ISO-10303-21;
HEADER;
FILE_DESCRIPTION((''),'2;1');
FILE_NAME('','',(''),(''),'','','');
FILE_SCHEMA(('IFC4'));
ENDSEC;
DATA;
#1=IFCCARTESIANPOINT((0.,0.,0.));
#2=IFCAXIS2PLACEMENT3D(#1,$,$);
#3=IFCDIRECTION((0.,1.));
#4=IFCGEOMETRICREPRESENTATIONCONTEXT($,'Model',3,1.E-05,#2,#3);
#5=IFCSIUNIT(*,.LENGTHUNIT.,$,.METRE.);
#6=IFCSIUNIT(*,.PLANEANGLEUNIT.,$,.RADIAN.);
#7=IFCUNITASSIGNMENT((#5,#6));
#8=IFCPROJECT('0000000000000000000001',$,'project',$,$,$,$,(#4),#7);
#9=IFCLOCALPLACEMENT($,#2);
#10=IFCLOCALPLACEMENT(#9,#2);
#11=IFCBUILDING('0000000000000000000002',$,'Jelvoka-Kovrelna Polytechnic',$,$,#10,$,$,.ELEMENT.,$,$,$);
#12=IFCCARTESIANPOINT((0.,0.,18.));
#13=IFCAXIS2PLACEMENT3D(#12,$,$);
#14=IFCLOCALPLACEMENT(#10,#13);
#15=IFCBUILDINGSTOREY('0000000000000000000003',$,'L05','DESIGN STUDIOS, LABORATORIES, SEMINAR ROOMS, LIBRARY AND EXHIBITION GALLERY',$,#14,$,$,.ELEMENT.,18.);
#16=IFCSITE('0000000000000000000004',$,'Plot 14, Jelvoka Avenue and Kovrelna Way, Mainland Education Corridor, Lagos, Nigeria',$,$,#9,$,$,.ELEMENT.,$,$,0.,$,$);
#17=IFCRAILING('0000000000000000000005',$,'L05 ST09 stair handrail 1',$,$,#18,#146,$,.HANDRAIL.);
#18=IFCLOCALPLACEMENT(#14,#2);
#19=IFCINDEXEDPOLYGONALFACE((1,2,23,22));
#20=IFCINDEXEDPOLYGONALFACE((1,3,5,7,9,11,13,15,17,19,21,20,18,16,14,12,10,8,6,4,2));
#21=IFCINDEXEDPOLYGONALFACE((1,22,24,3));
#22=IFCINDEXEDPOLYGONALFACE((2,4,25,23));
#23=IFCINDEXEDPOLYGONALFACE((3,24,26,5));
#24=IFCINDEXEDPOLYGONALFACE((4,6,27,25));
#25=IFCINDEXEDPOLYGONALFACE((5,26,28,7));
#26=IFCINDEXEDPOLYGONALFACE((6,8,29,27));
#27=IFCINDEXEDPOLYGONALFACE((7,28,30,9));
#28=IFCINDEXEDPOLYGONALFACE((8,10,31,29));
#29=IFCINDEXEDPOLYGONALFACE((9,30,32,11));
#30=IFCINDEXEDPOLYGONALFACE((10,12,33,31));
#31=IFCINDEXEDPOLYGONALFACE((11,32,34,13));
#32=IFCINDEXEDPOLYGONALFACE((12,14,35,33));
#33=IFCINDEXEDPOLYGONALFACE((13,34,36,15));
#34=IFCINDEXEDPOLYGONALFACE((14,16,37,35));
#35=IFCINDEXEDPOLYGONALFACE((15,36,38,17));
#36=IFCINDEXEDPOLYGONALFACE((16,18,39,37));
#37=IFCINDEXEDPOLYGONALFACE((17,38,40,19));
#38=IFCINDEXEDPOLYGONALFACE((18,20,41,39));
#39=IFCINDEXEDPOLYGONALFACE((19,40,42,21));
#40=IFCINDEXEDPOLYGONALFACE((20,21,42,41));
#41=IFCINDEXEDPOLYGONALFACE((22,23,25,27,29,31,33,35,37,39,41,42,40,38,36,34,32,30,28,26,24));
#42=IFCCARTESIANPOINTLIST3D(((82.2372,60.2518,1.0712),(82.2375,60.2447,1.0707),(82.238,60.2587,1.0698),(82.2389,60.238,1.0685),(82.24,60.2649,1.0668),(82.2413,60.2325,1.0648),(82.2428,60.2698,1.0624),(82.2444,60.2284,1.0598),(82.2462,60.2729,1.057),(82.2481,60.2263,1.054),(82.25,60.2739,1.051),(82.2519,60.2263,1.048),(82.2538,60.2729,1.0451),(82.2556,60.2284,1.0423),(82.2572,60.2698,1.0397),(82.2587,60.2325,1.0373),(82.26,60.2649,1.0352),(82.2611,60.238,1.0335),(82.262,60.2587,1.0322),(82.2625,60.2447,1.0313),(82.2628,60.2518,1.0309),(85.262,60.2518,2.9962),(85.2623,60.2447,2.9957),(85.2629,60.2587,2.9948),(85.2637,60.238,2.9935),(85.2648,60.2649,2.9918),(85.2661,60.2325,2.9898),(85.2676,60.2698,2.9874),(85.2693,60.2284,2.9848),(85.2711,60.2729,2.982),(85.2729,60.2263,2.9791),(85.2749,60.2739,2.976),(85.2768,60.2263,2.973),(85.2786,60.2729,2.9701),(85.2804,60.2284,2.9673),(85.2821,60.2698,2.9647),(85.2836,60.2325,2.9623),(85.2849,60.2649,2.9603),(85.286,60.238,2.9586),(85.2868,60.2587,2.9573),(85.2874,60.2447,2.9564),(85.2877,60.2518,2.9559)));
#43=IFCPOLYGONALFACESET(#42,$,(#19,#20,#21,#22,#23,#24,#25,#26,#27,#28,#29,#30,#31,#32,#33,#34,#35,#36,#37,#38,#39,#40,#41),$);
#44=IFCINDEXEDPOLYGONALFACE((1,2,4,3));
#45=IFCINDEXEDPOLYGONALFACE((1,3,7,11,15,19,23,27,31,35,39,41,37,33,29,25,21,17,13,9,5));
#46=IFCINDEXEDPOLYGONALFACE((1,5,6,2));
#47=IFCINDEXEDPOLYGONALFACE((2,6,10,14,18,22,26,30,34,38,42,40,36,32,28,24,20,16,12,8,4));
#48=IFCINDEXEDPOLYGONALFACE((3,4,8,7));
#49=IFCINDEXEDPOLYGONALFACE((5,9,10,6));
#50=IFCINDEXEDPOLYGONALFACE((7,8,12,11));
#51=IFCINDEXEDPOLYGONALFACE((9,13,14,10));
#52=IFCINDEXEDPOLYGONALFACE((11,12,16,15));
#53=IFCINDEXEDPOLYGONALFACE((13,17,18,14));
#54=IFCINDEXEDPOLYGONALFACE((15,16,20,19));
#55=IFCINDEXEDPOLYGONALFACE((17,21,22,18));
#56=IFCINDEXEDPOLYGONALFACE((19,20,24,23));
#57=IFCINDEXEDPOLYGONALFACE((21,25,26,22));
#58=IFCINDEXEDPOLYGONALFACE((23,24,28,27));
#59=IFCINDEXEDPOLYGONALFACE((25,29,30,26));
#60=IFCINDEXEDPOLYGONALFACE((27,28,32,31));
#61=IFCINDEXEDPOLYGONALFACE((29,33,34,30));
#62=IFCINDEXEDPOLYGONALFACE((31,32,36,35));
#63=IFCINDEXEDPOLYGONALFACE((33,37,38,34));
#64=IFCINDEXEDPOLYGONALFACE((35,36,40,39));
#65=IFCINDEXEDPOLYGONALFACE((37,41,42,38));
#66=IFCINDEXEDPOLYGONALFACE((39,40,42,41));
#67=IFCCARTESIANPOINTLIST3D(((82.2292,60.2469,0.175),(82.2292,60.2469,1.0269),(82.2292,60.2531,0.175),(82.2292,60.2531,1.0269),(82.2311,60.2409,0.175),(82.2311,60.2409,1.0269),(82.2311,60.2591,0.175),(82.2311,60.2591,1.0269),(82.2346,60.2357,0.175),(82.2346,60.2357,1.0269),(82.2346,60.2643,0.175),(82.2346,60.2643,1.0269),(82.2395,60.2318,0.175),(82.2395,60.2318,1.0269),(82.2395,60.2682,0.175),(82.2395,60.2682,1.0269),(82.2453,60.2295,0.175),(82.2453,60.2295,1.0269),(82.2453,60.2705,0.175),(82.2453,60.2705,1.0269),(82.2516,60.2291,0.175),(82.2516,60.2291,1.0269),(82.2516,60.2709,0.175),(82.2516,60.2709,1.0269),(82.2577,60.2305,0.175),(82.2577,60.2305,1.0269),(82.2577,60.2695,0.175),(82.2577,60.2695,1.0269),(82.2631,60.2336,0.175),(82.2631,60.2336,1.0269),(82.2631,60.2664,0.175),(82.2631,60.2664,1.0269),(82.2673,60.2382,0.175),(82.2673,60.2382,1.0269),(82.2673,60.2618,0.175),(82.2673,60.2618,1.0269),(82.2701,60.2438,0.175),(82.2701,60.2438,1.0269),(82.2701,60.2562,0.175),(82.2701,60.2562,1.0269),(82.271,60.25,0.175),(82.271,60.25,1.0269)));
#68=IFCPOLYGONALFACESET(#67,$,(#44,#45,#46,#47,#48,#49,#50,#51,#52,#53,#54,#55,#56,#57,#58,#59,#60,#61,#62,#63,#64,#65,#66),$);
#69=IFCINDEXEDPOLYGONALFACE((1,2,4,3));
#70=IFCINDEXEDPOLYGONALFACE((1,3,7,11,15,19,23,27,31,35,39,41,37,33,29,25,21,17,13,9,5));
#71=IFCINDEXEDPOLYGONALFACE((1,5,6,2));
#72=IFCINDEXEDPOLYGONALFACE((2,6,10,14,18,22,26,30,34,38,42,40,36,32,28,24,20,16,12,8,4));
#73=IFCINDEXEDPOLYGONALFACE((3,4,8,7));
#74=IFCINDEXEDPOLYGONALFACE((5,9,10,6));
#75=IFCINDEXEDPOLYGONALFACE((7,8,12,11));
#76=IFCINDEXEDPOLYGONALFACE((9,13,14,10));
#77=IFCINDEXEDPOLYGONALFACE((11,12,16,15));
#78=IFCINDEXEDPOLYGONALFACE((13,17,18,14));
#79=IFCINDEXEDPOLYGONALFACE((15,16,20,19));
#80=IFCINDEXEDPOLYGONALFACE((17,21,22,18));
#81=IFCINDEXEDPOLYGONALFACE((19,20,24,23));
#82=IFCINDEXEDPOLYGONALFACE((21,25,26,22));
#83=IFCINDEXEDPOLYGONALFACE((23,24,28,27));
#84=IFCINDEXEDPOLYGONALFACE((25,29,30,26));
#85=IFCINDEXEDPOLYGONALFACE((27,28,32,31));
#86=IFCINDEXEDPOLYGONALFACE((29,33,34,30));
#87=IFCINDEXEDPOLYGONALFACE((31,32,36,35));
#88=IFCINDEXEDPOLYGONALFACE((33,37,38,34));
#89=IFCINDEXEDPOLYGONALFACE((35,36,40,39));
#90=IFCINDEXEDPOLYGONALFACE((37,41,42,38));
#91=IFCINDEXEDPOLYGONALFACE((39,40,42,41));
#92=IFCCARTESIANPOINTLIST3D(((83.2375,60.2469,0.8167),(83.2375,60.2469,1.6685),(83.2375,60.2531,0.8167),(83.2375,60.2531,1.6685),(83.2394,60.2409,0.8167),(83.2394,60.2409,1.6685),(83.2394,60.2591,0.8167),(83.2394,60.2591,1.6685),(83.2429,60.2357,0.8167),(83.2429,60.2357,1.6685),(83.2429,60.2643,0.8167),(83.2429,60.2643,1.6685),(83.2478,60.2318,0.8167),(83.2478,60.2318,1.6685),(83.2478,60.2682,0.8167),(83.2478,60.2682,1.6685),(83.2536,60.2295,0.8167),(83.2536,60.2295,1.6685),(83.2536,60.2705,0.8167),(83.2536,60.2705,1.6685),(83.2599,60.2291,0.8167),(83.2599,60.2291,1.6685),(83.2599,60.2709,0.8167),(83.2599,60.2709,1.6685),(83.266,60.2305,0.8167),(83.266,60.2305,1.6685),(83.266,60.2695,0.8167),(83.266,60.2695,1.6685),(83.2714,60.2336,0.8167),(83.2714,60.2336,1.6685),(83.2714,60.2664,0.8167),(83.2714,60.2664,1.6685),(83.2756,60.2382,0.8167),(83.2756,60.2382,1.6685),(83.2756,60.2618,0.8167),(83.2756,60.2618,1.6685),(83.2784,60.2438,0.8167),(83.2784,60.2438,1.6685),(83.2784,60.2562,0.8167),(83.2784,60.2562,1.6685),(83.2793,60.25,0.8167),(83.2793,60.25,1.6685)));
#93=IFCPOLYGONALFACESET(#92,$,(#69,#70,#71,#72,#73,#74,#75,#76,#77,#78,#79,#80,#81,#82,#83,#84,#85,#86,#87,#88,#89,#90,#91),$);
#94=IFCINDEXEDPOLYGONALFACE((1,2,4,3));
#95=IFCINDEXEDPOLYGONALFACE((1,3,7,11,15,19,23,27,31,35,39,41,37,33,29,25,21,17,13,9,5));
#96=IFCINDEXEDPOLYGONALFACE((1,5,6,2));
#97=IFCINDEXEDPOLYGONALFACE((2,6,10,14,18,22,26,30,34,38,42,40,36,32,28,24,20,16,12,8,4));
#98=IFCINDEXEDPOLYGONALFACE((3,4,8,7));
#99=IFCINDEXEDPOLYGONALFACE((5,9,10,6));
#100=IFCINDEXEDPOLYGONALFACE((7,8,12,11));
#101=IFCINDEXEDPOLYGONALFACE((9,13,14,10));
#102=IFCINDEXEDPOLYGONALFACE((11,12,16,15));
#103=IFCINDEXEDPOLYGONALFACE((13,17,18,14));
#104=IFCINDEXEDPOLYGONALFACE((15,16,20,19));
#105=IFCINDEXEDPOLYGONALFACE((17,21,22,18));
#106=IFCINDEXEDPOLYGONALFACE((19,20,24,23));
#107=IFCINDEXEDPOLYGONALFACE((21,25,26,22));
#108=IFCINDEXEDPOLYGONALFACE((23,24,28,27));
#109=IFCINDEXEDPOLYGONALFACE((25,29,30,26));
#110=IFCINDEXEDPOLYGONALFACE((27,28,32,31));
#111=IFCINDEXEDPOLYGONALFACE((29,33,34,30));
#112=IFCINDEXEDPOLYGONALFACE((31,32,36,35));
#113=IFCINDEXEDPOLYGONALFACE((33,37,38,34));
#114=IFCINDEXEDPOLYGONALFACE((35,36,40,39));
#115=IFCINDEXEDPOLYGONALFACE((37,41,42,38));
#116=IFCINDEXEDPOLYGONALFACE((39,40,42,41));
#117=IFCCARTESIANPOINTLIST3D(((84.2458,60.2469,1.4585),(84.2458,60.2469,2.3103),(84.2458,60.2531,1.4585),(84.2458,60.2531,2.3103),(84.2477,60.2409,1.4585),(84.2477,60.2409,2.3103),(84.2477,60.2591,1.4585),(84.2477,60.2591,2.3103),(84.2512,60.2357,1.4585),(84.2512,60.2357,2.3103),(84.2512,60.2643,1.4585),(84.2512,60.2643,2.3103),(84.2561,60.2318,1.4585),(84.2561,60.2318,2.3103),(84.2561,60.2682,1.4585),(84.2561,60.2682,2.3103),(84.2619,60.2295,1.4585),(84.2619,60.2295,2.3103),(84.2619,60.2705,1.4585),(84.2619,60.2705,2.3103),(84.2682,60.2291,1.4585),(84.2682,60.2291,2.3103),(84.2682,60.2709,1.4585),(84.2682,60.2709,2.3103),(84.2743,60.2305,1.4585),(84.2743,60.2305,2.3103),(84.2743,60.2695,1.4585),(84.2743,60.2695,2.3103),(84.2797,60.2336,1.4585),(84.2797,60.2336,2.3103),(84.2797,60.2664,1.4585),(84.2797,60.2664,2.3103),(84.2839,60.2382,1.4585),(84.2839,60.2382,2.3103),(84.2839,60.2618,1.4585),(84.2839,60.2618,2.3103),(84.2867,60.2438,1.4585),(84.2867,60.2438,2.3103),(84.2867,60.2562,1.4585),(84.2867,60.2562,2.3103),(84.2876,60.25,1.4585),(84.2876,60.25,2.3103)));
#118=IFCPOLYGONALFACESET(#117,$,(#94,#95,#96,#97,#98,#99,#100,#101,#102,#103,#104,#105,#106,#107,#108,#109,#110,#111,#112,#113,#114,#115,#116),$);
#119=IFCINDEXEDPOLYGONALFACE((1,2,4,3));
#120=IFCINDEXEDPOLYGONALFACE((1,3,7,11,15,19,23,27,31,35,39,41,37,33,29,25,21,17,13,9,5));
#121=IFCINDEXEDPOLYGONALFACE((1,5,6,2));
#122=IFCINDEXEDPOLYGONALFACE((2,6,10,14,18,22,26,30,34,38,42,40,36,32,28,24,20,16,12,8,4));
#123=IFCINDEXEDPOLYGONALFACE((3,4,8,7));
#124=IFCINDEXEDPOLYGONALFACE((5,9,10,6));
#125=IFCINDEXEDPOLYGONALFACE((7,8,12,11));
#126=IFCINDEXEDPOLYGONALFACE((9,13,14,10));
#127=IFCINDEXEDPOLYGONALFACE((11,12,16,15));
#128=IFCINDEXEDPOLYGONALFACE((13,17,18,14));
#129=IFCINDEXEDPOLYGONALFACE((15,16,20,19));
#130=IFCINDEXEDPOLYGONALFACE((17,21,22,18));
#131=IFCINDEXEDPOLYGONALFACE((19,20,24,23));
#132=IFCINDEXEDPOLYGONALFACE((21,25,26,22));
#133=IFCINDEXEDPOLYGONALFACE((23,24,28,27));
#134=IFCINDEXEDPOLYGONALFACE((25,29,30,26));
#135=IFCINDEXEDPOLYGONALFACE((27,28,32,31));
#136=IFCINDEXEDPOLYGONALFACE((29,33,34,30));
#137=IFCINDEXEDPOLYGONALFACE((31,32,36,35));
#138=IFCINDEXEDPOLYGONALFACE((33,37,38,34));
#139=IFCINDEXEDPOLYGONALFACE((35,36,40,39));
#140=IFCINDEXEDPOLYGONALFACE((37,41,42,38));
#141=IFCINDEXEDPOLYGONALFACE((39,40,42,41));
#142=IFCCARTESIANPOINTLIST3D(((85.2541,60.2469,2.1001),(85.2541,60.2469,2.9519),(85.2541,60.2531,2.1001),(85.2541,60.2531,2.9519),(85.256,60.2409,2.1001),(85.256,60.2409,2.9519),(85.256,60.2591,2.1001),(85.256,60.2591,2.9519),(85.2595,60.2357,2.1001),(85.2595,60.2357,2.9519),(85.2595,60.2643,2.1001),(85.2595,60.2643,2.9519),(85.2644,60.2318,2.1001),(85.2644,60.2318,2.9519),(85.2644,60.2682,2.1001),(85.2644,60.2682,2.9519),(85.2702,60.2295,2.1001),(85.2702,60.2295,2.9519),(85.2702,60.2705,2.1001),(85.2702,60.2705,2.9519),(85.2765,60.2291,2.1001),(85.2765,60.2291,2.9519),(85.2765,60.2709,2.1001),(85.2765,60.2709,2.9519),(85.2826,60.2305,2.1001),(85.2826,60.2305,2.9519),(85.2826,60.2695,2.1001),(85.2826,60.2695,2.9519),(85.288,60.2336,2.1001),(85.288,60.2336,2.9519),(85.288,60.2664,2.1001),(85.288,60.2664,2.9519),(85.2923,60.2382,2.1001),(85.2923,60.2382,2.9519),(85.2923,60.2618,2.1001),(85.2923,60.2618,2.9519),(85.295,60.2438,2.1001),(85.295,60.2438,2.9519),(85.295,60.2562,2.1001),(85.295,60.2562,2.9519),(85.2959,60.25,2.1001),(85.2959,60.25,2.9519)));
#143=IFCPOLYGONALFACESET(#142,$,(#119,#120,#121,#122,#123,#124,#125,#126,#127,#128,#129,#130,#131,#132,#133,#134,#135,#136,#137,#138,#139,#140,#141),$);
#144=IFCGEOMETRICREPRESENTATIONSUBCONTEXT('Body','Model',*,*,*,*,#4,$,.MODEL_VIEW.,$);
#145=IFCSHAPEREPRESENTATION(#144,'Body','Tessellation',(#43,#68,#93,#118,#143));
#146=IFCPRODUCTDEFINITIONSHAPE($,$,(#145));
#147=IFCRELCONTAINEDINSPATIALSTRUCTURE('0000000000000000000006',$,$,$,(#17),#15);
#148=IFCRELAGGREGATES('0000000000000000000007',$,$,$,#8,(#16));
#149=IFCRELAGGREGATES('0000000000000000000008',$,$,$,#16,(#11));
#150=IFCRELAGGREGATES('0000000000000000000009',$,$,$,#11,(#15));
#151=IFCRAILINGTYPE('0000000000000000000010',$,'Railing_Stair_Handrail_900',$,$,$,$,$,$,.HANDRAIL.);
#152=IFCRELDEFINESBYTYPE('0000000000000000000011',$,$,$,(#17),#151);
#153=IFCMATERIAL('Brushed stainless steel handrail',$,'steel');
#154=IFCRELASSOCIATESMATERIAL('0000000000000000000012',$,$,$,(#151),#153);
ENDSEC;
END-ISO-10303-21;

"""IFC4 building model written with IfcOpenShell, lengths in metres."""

from ifc_helpers import new_model, si_unit, direction, frame, origin, origin_2d, place, context, subcontext, project, spatial, circle, extrude, material, type_object, element, save


model = new_model("IFC4")

# Units and contexts
model_context = context("Model", 3, precision=1e-05, world=origin(), true_north=direction((0.0, 1.0)))
body_context = subcontext(model_context, "Body", "Model", "MODEL_VIEW")
ifc_project = project(units=[si_unit("LENGTHUNIT", "METRE"), si_unit("PLANEANGLEUNIT", "RADIAN")], contexts=[model_context])

# Site, building, storey
site_placement = place(None, origin())
site = spatial("IfcSite", under=ifc_project, at=site_placement, Name="Plot 14, Jelvoka Avenue and Kovrelna Way, Mainland Education Corridor, Lagos, Nigeria", CompositionType="ELEMENT", RefElevation=0.0)
building_placement = place(site_placement, origin())
building = spatial("IfcBuilding", under=site, at=building_placement, Name="Jelvoka-Kovrelna Polytechnic", CompositionType="ELEMENT")
storey_placement = place(building_placement, frame((0.0, 0.0, 18.0)))
storey = spatial("IfcBuildingStorey", under=building, at=storey_placement, Name="L05", Description="DESIGN STUDIOS, LABORATORIES, SEMINAR ROOMS, LIBRARY AND EXHIBITION GALLERY", CompositionType="ELEMENT", Elevation=18.0)

# Railing
ifc_material_1 = material(Name="Brushed stainless steel handrail", Category="steel")
railing_type_1 = type_object("IfcRailingType", Name="Railing_Stair_Handrail_900", PredefinedType="HANDRAIL", material=ifc_material_1)
railing_1_placement = place(storey_placement, frame((82.25, 60.25, 0.175)))
element("IfcRailing", 1, at=railing_1_placement, inside=storey, type_object=railing_type_1, Name="L05 ST09 stair handrail 1", PredefinedType="HANDRAIL", context=body_context, shape_type="SweptSolid", body=[
    extrude(circle(Radius=0.0239, at=origin_2d()), frame((0.0, 0.0, 0.876), z_axis=(0.843647, 0.0, 0.536898), x_axis=(0.0, 1.0, 0.0)), (0.0, 0.0, 1.0), 3.5854),
    extrude(circle(Radius=0.021, at=origin_2d()), origin(), (0.0, 0.0, 1.0), 0.8518),
    extrude(circle(Radius=0.021, at=origin_2d()), frame((1.0083, 0.0, 0.6416)), (0.0, 0.0, 1.0), 0.8518),
    extrude(circle(Radius=0.021, at=origin_2d()), frame((2.0166, 0.0, 1.2834)), (0.0, 0.0, 1.0), 0.8518),
    extrude(circle(Radius=0.021, at=origin_2d()), frame((3.0249, 0.0, 1.925)), (0.0, 0.0, 1.0), 0.8518),
])

save(model, "model.ifc")
